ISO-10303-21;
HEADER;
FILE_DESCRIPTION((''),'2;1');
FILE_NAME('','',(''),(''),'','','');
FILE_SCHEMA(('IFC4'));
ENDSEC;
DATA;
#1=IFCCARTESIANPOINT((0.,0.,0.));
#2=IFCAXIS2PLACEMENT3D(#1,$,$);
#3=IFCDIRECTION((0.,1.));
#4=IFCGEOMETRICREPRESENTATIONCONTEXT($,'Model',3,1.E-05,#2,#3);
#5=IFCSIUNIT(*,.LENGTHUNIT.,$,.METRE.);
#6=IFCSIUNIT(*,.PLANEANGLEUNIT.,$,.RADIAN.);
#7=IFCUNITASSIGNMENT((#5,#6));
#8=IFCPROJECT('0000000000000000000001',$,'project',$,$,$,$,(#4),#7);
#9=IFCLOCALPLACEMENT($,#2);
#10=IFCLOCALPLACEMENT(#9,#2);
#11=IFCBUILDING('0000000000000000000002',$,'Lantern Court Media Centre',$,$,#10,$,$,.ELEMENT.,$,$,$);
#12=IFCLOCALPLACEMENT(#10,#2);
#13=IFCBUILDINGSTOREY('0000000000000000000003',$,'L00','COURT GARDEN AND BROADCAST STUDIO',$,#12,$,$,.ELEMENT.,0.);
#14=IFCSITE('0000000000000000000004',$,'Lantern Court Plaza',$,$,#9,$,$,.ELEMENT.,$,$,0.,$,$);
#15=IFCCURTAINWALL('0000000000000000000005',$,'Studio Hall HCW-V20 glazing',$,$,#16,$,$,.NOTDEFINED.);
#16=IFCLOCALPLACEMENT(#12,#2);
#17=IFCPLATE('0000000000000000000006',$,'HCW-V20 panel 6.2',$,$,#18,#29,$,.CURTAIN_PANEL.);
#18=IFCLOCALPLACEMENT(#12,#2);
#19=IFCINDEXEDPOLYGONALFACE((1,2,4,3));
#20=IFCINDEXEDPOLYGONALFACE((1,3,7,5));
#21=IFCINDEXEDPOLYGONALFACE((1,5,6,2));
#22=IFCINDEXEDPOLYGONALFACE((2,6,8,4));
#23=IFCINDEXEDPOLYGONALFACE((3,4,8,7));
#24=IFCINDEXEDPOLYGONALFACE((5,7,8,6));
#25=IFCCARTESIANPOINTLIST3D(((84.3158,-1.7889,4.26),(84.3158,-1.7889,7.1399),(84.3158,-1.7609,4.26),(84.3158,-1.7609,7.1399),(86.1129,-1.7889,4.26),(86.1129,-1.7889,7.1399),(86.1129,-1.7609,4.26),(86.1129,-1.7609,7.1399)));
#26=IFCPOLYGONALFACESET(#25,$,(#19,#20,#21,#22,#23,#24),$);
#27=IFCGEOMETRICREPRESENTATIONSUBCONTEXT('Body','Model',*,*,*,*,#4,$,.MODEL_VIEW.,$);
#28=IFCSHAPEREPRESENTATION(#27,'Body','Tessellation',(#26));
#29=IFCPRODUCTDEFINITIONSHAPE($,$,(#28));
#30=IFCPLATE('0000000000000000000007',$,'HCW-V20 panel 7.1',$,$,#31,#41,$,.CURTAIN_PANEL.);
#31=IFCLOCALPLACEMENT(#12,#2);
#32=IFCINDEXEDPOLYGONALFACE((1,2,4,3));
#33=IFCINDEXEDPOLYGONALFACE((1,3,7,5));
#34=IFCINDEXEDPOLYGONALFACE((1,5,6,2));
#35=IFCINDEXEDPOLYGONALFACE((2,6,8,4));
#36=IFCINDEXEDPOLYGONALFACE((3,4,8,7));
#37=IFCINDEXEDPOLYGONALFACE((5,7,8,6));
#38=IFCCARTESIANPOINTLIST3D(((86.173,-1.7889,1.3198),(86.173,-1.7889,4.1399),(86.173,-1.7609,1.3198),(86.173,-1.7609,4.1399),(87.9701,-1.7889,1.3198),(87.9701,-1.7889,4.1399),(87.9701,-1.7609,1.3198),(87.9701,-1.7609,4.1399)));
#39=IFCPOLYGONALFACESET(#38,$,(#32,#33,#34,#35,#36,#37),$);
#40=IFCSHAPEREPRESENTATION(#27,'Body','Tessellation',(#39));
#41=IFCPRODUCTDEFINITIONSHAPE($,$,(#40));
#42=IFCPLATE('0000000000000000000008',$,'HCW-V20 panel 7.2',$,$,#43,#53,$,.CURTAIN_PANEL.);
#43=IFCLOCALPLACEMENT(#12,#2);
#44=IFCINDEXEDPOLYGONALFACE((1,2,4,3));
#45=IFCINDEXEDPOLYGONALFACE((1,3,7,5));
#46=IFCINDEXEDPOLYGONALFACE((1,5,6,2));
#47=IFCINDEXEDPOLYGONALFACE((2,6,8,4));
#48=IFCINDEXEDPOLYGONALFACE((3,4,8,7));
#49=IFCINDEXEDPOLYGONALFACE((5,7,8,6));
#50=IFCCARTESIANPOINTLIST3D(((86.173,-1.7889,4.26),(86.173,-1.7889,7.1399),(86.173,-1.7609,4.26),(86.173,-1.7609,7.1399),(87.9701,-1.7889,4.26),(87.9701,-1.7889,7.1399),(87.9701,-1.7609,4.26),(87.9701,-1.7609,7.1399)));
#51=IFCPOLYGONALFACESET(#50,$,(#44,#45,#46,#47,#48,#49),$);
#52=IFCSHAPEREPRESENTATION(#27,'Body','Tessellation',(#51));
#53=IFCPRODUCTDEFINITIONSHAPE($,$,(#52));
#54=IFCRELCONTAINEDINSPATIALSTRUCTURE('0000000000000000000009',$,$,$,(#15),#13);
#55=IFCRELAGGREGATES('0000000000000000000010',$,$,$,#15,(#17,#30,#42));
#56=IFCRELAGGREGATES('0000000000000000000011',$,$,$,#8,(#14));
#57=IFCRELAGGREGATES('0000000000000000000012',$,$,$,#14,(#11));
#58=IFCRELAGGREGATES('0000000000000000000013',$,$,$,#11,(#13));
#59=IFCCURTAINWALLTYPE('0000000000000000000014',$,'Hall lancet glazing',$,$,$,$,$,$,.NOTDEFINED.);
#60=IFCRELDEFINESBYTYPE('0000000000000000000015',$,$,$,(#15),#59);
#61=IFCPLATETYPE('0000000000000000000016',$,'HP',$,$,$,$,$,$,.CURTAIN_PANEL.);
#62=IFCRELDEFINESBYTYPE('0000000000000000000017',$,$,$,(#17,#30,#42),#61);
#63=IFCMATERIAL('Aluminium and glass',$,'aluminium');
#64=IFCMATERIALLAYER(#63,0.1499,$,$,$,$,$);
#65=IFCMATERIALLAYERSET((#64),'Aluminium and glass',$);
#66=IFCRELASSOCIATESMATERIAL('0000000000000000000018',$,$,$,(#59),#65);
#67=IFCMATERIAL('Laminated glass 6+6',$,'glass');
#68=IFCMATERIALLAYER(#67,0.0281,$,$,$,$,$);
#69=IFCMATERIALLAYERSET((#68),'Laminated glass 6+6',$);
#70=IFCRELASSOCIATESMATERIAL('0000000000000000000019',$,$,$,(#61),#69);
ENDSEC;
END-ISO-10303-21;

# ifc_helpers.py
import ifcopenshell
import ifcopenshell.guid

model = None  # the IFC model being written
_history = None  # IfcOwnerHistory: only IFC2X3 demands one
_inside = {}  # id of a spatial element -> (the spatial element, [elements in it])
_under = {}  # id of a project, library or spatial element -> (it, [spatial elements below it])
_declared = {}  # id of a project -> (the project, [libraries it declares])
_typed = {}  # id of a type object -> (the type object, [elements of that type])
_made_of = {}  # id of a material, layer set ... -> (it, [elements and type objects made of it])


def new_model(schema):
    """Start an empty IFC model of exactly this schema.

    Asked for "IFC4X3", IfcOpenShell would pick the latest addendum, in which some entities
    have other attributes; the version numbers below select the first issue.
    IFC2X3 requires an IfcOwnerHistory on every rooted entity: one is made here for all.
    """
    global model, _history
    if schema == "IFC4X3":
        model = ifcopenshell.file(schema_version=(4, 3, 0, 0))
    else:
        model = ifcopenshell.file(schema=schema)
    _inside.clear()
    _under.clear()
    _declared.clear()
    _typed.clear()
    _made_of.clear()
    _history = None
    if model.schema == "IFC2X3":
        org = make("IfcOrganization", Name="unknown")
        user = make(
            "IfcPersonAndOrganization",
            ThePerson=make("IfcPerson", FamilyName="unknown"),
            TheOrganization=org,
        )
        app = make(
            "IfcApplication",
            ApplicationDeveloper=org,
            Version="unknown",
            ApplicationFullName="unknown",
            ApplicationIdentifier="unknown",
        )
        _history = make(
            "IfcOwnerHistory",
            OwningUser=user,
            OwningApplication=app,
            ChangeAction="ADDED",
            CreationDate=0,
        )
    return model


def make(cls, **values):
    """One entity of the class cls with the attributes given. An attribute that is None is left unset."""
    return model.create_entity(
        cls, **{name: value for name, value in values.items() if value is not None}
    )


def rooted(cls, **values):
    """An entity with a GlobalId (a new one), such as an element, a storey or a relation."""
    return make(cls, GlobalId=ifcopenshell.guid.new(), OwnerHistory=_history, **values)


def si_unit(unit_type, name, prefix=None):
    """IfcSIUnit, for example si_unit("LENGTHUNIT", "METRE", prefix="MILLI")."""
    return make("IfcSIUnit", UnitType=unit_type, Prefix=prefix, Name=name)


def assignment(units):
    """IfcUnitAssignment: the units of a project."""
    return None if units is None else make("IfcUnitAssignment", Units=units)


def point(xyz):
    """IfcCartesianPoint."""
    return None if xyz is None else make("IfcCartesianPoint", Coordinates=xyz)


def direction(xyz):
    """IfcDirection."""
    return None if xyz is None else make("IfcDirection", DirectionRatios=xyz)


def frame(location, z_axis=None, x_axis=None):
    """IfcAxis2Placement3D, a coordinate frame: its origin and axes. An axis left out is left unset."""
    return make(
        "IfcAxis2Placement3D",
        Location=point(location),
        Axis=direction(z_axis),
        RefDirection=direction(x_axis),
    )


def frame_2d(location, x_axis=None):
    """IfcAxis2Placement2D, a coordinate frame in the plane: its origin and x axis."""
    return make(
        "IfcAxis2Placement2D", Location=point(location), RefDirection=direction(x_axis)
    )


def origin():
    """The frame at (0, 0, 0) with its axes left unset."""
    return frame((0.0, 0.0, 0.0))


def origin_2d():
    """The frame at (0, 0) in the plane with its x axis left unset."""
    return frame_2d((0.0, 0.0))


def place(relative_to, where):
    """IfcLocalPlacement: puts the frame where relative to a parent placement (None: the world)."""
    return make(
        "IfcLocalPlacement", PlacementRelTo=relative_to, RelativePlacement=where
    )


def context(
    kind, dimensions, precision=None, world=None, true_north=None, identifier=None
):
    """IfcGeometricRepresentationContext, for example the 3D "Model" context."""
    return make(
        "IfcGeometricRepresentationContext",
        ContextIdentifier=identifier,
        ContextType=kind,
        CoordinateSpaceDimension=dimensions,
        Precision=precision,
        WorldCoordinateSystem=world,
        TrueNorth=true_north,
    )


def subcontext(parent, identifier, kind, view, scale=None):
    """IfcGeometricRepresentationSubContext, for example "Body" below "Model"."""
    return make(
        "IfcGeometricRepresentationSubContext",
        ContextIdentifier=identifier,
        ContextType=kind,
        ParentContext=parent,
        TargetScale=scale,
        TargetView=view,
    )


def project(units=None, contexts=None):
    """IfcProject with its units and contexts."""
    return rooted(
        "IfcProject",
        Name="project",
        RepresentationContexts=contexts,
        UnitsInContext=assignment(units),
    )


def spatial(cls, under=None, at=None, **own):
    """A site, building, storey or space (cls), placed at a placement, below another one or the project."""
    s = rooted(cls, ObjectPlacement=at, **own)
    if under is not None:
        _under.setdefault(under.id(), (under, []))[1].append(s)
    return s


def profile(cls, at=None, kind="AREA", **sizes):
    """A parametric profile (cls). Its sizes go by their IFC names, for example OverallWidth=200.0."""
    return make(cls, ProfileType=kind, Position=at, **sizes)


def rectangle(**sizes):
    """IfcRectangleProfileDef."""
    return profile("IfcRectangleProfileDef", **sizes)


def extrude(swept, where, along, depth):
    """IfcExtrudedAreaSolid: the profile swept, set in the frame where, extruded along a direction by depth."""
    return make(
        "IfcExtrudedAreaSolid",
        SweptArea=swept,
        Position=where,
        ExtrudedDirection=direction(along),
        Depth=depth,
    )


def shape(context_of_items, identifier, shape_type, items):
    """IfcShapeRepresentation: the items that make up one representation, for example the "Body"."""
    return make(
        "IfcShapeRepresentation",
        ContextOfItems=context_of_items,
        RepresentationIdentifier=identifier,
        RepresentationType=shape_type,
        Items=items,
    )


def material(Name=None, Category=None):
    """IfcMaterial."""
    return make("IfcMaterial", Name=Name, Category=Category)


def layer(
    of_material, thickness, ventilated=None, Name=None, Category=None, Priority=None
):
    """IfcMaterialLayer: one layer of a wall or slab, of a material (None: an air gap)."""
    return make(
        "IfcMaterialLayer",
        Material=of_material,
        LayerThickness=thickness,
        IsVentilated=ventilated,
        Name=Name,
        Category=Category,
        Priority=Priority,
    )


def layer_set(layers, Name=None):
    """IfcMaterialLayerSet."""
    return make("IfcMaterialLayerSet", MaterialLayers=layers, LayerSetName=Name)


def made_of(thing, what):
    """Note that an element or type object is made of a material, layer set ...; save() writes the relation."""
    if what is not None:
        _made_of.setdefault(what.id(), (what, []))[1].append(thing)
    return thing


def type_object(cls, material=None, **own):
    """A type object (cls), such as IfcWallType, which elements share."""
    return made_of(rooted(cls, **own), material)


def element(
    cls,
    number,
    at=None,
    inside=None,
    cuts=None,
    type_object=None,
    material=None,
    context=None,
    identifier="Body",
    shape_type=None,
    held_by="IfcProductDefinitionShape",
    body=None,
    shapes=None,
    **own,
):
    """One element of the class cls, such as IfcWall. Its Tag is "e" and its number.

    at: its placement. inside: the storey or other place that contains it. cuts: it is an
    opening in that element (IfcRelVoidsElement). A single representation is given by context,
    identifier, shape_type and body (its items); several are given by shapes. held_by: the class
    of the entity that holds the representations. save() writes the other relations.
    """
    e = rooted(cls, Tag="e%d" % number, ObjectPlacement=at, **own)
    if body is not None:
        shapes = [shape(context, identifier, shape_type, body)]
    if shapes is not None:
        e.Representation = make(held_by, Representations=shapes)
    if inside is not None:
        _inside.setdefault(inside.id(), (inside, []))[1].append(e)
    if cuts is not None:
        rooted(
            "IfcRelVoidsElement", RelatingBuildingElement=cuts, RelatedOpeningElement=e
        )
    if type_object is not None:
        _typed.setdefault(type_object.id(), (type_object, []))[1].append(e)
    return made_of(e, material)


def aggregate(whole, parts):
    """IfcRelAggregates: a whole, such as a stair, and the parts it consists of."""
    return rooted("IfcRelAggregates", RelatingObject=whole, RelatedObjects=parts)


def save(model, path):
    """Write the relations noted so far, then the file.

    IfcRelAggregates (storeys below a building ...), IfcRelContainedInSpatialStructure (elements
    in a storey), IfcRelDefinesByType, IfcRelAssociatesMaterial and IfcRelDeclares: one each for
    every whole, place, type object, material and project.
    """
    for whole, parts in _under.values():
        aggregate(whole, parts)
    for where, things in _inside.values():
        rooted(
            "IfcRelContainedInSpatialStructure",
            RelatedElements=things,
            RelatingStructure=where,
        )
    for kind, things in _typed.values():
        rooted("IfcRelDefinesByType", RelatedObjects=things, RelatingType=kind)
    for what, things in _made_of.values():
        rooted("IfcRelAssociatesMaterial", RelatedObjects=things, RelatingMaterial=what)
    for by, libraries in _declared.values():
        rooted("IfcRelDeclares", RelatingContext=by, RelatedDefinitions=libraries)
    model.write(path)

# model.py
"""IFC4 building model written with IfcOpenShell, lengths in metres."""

from ifc_helpers import new_model, si_unit, direction, frame, origin, origin_2d, place, context, subcontext, project, spatial, rectangle, extrude, material, layer, layer_set, type_object, element, aggregate, save


model = new_model("IFC4")

# Units and contexts
model_context = context("Model", 3, precision=1e-05, world=origin(), true_north=direction((0.0, 1.0)))
body_context = subcontext(model_context, "Body", "Model", "MODEL_VIEW")
ifc_project = project(units=[si_unit("LENGTHUNIT", "METRE"), si_unit("PLANEANGLEUNIT", "RADIAN")], contexts=[model_context])

# Site, building, storey
site_placement = place(None, origin())
site = spatial("IfcSite", under=ifc_project, at=site_placement, Name="Lantern Court Plaza", CompositionType="ELEMENT", RefElevation=0.0)
building_placement = place(site_placement, origin())
building = spatial("IfcBuilding", under=site, at=building_placement, Name="Lantern Court Media Centre", CompositionType="ELEMENT")
storey_placement = place(building_placement, origin())
storey = spatial("IfcBuildingStorey", under=building, at=storey_placement, Name="L00", Description="COURT GARDEN AND BROADCAST STUDIO", CompositionType="ELEMENT", Elevation=0.0)

# Curtain wall
ifc_material_1 = material(Name="Aluminium and glass", Category="aluminium")
ifc_layer_1 = layer(ifc_material_1, 0.1499)
ifc_layer_set_1 = layer_set([ifc_layer_1], Name="Aluminium and glass")
curtain_wall_type = type_object("IfcCurtainWallType", Name="Hall lancet glazing", PredefinedType="NOTDEFINED", material=ifc_layer_set_1)
curtain_wall_placement = place(storey_placement, origin())
curtain_wall = element("IfcCurtainWall", 1, at=curtain_wall_placement, inside=storey, type_object=curtain_wall_type, Name="Studio Hall HCW-V20 glazing", PredefinedType="NOTDEFINED")

# Plates
ifc_material_2 = material(Name="Laminated glass 6+6", Category="glass")
ifc_layer_2 = layer(ifc_material_2, 0.0281)
ifc_layer_set_2 = layer_set([ifc_layer_2], Name="Laminated glass 6+6")
plate_type = type_object("IfcPlateType", Name="HP", PredefinedType="CURTAIN_PANEL", material=ifc_layer_set_2)
plate_1_placement = place(storey_placement, frame((85.2144, -1.7749, 4.26), z_axis=(0.0, 0.0, 1.0), x_axis=(1.0, 0.0, 0.0)))
plate_1 = element("IfcPlate", 2, at=plate_1_placement, type_object=plate_type, Name="HCW-V20 panel 6.2", PredefinedType="CURTAIN_PANEL", context=body_context, shape_type="SweptSolid", body=[
    extrude(rectangle(XDim=1.7971, YDim=0.0281, at=origin_2d()), origin(), (0.0, 0.0, 1.0), 2.8799),
])
plate_2_placement = place(storey_placement, frame((87.0715, -1.7749, 1.3198), z_axis=(0.0, 0.0, 1.0), x_axis=(1.0, 0.0, 0.0)))
plate_2 = element("IfcPlate", 3, at=plate_2_placement, type_object=plate_type, Name="HCW-V20 panel 7.1", PredefinedType="CURTAIN_PANEL", context=body_context, shape_type="SweptSolid", body=[
    extrude(rectangle(XDim=1.7971, YDim=0.0281, at=origin_2d()), origin(), (0.0, 0.0, 1.0), 2.8201),
])
plate_3_placement = place(storey_placement, frame((87.0715, -1.7749, 4.26), z_axis=(0.0, 0.0, 1.0), x_axis=(1.0, 0.0, 0.0)))
plate_3 = element("IfcPlate", 4, at=plate_3_placement, type_object=plate_type, Name="HCW-V20 panel 7.2", PredefinedType="CURTAIN_PANEL", context=body_context, shape_type="SweptSolid", body=[
    extrude(rectangle(XDim=1.7971, YDim=0.0281, at=origin_2d()), origin(), (0.0, 0.0, 1.0), 2.8799),
])
aggregate(curtain_wall, [plate_1, plate_2, plate_3])

save(model, "model.ifc")
